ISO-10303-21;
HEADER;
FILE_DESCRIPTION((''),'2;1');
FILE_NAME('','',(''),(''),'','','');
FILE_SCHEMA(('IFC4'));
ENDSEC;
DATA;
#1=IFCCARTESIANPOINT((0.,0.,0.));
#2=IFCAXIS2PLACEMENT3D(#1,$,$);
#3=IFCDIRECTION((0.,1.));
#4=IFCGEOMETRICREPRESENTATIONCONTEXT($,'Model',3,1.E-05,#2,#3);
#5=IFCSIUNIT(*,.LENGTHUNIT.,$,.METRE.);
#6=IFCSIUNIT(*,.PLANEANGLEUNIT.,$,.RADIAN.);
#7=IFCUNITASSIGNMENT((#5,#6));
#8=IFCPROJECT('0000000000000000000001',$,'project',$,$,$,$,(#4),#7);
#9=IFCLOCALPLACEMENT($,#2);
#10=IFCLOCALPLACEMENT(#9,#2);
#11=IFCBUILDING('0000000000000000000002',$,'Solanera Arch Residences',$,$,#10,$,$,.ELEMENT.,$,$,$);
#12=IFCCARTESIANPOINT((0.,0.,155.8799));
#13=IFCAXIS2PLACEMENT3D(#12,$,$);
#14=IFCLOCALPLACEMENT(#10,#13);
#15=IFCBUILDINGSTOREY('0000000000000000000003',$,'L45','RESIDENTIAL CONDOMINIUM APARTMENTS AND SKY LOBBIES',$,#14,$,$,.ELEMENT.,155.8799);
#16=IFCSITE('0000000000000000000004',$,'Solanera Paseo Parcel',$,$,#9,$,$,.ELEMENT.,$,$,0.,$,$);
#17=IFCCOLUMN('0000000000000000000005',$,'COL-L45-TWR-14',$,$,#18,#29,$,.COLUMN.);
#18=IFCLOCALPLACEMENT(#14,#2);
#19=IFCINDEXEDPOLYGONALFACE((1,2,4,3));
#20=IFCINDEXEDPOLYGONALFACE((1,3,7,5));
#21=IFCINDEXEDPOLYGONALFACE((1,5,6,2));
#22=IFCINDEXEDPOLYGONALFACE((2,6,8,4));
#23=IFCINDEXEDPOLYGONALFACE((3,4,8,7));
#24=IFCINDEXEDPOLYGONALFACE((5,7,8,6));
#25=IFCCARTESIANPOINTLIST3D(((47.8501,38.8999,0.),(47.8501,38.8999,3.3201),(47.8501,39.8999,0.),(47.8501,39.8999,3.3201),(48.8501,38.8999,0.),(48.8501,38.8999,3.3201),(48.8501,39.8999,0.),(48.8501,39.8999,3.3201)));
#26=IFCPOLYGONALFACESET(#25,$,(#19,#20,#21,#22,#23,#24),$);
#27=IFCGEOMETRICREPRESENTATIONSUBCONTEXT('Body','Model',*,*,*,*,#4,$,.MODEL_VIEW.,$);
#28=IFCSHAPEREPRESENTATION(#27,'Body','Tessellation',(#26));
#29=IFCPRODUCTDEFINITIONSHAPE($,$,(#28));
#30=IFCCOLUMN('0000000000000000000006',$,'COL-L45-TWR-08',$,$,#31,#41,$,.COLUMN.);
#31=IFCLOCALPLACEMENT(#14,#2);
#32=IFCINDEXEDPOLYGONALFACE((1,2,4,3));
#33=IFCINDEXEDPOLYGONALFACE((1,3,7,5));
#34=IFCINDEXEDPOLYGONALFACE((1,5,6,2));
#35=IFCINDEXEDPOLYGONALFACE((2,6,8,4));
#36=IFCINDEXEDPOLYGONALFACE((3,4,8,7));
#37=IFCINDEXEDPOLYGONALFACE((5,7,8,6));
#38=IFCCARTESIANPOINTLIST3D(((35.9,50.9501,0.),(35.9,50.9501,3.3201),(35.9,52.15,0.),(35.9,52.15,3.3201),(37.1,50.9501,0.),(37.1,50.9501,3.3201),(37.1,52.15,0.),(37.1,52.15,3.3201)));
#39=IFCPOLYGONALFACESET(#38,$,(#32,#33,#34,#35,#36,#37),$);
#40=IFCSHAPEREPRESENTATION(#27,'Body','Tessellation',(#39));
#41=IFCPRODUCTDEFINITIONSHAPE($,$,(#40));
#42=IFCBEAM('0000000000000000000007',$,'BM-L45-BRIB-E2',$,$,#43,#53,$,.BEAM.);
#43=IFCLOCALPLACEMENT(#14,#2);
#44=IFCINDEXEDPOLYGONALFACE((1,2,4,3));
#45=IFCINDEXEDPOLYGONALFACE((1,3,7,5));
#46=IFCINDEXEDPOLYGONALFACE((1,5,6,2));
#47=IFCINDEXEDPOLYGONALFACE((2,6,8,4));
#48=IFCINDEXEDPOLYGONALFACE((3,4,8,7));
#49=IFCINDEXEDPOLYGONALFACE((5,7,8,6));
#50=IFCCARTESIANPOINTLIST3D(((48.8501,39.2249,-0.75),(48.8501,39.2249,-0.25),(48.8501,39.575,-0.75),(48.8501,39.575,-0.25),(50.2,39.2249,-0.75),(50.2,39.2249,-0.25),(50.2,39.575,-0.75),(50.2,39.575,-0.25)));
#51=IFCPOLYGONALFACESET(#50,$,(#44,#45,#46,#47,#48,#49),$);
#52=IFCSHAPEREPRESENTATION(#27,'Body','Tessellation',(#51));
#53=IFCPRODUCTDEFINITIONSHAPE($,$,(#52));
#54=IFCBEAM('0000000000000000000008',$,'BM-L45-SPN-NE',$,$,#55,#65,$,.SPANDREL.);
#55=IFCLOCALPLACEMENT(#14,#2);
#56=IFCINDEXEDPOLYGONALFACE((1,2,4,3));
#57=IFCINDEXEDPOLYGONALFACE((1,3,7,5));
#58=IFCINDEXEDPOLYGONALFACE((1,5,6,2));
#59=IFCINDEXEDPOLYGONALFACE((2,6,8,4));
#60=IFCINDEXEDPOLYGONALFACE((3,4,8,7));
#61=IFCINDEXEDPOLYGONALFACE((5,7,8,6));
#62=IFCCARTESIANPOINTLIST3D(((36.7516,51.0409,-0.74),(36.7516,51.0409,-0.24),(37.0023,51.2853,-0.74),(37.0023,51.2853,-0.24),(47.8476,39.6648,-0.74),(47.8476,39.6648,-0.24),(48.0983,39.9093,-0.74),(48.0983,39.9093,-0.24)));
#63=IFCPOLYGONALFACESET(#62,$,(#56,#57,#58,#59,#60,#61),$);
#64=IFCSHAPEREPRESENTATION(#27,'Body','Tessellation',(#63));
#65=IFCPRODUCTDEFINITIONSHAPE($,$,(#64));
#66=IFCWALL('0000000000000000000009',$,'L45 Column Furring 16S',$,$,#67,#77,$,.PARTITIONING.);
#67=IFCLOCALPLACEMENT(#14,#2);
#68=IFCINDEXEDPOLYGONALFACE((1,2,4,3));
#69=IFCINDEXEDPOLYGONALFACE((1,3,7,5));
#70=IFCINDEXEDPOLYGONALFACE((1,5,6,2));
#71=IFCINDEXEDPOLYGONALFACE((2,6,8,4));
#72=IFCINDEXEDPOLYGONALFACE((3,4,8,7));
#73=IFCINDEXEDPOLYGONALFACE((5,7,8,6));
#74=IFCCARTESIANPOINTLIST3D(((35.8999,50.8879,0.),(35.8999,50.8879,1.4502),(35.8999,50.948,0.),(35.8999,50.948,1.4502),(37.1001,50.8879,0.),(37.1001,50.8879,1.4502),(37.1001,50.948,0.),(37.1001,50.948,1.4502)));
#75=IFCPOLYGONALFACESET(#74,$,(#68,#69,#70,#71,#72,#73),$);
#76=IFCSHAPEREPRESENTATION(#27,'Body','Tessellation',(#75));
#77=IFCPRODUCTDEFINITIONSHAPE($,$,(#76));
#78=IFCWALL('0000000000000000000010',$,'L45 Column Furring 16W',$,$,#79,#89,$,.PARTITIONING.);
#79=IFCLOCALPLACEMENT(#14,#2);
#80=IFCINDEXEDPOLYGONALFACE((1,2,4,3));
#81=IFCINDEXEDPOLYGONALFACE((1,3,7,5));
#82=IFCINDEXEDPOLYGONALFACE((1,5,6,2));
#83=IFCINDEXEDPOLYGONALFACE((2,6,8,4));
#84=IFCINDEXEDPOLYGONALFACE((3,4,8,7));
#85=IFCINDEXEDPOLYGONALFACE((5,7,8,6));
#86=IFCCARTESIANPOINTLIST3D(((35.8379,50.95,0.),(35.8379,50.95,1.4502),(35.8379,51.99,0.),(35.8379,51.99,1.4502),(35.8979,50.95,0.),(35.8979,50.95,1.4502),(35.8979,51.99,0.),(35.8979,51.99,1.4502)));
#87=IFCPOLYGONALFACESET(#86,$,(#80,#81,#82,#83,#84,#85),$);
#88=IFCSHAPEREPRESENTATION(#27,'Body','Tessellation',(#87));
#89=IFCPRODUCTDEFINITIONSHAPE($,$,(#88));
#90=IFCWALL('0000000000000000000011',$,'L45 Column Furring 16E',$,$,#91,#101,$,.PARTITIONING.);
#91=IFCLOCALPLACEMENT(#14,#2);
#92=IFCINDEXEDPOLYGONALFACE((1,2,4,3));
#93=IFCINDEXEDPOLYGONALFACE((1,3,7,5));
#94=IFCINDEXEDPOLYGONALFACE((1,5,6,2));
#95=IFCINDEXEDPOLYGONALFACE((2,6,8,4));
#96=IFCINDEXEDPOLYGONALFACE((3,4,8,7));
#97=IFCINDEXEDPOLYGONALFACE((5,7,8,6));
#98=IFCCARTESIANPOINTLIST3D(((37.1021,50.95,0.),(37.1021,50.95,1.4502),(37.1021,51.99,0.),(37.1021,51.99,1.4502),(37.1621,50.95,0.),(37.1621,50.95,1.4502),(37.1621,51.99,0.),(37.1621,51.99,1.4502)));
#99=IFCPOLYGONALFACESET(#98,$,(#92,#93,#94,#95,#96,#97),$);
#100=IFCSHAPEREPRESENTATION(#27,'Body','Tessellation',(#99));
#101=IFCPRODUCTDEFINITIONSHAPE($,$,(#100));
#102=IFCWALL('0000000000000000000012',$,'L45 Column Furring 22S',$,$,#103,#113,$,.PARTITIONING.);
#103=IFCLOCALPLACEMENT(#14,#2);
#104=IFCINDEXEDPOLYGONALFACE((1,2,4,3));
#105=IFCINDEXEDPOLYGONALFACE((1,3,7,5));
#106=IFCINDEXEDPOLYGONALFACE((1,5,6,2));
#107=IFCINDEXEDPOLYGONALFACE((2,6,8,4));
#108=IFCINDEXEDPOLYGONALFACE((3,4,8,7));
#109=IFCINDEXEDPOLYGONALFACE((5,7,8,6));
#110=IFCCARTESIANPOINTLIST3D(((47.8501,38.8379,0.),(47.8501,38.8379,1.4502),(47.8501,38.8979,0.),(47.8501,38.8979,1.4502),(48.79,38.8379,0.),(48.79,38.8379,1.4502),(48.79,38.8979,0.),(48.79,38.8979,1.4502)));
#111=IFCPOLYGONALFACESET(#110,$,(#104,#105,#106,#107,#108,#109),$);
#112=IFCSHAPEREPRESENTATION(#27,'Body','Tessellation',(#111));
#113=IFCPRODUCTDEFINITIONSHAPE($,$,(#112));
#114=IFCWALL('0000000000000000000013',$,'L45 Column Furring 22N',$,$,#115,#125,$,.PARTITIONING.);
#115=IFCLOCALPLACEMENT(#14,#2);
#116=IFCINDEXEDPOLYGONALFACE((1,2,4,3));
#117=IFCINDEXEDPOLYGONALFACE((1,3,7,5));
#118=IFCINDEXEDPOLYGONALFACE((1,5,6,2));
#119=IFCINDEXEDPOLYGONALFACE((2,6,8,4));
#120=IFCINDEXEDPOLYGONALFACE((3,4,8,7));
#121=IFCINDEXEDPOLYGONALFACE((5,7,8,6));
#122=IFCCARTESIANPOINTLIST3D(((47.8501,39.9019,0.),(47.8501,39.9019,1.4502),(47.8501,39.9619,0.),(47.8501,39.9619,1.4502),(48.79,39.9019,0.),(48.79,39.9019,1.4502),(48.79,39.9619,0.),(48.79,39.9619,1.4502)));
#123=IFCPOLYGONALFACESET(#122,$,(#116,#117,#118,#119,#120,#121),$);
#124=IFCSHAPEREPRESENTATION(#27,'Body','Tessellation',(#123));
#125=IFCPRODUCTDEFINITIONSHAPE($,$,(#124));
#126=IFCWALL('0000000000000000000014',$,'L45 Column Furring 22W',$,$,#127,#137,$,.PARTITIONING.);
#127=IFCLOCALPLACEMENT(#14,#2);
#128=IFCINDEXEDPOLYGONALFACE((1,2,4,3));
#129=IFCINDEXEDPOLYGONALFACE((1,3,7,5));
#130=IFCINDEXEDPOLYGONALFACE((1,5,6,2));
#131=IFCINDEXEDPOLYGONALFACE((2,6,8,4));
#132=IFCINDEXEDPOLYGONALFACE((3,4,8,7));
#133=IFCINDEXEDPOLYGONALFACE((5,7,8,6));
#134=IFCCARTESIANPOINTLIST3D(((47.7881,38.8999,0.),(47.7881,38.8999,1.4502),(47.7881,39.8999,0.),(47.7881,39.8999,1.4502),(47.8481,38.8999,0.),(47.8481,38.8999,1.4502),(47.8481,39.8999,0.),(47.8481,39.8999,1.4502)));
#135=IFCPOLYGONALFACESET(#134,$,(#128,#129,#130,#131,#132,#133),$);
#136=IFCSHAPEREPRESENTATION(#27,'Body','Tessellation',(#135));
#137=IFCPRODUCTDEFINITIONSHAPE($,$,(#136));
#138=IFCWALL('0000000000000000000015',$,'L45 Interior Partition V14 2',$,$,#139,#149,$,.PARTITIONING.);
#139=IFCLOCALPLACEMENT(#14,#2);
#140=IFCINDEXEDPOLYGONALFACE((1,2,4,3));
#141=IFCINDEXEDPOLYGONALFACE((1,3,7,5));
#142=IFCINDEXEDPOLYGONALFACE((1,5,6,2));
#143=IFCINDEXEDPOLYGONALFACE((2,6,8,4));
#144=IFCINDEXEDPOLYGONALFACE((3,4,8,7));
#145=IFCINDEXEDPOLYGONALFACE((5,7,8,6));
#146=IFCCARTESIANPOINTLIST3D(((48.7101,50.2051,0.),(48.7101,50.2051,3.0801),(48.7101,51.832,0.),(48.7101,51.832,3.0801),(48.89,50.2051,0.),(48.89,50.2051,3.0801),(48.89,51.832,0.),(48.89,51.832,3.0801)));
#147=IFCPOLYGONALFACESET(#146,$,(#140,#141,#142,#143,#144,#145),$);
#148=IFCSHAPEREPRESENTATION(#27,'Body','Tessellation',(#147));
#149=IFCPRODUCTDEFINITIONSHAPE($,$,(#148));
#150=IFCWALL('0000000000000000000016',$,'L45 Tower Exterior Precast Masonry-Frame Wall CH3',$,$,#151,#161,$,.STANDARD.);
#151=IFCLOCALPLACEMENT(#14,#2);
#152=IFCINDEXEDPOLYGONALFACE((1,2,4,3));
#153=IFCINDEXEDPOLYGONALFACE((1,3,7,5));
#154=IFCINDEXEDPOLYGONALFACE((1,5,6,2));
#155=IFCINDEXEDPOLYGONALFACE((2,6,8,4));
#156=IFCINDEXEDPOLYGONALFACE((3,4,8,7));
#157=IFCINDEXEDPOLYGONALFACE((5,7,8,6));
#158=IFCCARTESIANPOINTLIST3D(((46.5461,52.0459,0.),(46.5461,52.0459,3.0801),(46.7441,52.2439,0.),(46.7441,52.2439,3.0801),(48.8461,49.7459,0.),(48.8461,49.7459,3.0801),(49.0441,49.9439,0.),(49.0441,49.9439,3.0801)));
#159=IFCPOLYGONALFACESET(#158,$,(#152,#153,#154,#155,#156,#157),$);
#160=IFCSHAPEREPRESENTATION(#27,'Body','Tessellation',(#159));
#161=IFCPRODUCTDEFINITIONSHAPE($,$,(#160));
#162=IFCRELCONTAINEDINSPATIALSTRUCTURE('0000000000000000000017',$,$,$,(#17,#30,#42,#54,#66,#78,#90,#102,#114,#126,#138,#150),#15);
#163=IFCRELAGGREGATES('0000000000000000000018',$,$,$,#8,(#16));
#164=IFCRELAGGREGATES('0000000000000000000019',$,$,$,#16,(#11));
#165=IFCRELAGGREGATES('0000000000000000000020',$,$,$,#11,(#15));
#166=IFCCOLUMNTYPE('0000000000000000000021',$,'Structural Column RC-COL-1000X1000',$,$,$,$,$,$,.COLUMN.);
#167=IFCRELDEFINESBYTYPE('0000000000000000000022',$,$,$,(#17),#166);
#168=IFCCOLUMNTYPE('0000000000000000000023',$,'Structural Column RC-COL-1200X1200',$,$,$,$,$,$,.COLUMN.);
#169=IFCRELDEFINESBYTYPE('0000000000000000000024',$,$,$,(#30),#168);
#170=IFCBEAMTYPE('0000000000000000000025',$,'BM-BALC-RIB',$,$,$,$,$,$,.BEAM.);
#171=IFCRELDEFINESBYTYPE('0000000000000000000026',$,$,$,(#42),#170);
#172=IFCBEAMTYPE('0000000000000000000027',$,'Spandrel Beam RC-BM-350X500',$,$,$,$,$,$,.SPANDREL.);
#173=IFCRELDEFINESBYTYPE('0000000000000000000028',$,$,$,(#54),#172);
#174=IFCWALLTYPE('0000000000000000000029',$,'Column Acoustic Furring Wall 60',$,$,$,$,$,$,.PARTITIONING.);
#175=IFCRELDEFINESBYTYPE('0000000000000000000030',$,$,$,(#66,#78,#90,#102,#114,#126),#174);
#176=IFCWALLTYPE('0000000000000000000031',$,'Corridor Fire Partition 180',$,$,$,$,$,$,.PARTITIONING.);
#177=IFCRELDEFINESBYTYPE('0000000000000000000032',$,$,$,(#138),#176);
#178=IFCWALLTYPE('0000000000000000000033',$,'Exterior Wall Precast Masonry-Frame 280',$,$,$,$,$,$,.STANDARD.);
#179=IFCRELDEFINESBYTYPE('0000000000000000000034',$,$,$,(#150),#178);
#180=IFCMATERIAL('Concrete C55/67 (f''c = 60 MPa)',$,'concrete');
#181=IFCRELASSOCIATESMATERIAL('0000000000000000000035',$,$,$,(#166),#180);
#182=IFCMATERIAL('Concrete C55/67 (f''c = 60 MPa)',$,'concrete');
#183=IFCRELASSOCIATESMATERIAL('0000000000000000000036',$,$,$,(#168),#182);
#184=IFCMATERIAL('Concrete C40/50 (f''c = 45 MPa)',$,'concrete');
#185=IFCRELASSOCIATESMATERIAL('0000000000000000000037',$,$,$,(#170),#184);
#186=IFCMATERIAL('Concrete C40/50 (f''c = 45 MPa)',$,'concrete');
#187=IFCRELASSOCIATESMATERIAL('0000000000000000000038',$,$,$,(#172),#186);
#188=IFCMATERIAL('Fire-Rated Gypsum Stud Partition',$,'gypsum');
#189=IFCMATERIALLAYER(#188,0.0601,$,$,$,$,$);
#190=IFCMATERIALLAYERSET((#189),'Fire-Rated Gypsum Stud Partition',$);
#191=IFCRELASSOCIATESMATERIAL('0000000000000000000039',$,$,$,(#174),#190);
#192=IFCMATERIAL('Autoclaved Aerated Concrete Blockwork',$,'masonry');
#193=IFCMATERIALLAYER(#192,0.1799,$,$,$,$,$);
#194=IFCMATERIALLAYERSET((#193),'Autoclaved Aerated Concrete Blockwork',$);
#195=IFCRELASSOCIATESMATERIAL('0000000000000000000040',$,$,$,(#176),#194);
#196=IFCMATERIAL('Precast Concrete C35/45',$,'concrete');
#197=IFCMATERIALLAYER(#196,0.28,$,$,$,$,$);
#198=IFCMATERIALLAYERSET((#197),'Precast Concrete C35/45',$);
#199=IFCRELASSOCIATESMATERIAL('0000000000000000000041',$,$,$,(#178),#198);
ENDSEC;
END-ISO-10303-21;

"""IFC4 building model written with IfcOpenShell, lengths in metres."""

from ifc_helpers import new_model, si_unit, direction, frame, frame_2d, origin, origin_2d, place, context, subcontext, project, spatial, rectangle, extrude, material, layer, layer_set, material_profile, profile_set, type_object, element, save


model = new_model("IFC4")

# Units and contexts
model_context = context("Model", 3, precision=1e-05, world=origin(), true_north=direction((0.0, 1.0)))
body_context = subcontext(model_context, "Body", "Model", "MODEL_VIEW")
ifc_project = project(units=[si_unit("LENGTHUNIT", "METRE"), si_unit("PLANEANGLEUNIT", "RADIAN")], contexts=[model_context])

# Site, building, storey
site_placement = place(None, origin())
site = spatial("IfcSite", under=ifc_project, at=site_placement, Name="Solanera Paseo Parcel", CompositionType="ELEMENT", RefElevation=0.0)
building_placement = place(site_placement, origin())
building = spatial("IfcBuilding", under=site, at=building_placement, Name="Solanera Arch Residences", CompositionType="ELEMENT")
storey_placement = place(building_placement, frame((0.0, 0.0, 155.8799)))
storey = spatial("IfcBuildingStorey", under=building, at=storey_placement, Name="L45", Description="RESIDENTIAL CONDOMINIUM APARTMENTS AND SKY LOBBIES", CompositionType="ELEMENT", Elevation=155.8799)

# Columns
ifc_material_1 = material(Name="Concrete C55/67 (f'c = 60 MPa)", Category="concrete")
ifc_material_profile_1 = material_profile(ifc_material_1, rectangle(XDim=1.0, YDim=1.0, at=origin_2d()))
ifc_profile_set_1 = profile_set([ifc_material_profile_1], Name="Concrete C55/67 (f'c = 60 MPa)")
column_type_1 = type_object("IfcColumnType", Name="Structural Column RC-COL-1000X1000", PredefinedType="COLUMN", material=ifc_profile_set_1)
column_1_placement = place(storey_placement, frame((48.3501, 39.3999, 0.0), z_axis=(0.0, 0.0, 1.0), x_axis=(1.0, 0.0, 0.0)))
element("IfcColumn", 1, at=column_1_placement, inside=storey, type_object=column_type_1, Name="COL-L45-TWR-14", PredefinedType="COLUMN", context=body_context, shape_type="SweptSolid", body=[
    extrude(rectangle(XDim=1.0, YDim=1.0, at=origin_2d()), origin(), (0.0, 0.0, 1.0), 3.3201),
])
ifc_material_2 = material(Name="Concrete C55/67 (f'c = 60 MPa)", Category="concrete")
ifc_material_profile_2 = material_profile(ifc_material_2, rectangle(XDim=1.2, YDim=1.2, at=origin_2d()))
ifc_profile_set_2 = profile_set([ifc_material_profile_2], Name="Concrete C55/67 (f'c = 60 MPa)")
column_type_2 = type_object("IfcColumnType", Name="Structural Column RC-COL-1200X1200", PredefinedType="COLUMN", material=ifc_profile_set_2)
column_2_placement = place(storey_placement, frame((36.5, 51.55, 0.0), z_axis=(0.0, 0.0, 1.0), x_axis=(1.0, 0.0, 0.0)))
element("IfcColumn", 2, at=column_2_placement, inside=storey, type_object=column_type_2, Name="COL-L45-TWR-08", PredefinedType="COLUMN", context=body_context, shape_type="SweptSolid", body=[
    extrude(rectangle(XDim=1.2, YDim=1.2, at=origin_2d()), origin(), (0.0, 0.0, 1.0), 3.3201),
])

# Beams
ifc_material_3 = material(Name="Concrete C40/50 (f'c = 45 MPa)", Category="concrete")
ifc_material_profile_3 = material_profile(ifc_material_3, rectangle(XDim=0.3501, YDim=0.5, at=origin_2d()))
ifc_profile_set_3 = profile_set([ifc_material_profile_3], Name="Concrete C40/50 (f'c = 45 MPa)")
beam_type_1 = type_object("IfcBeamType", Name="BM-BALC-RIB", PredefinedType="BEAM", material=ifc_profile_set_3)
beam_1_placement = place(storey_placement, frame((48.8501, 39.3999, -0.5), z_axis=(1.0, 0.0, 0.0), x_axis=(0.0, 1.0, 0.0)))
element("IfcBeam", 3, at=beam_1_placement, inside=storey, type_object=beam_type_1, Name="BM-L45-BRIB-E2", PredefinedType="BEAM", context=body_context, shape_type="SweptSolid", body=[
    extrude(rectangle(XDim=0.3501, YDim=0.5, at=origin_2d()), origin(), (0.0, 0.0, 1.0), 1.3499),
])
ifc_material_4 = material(Name="Concrete C40/50 (f'c = 45 MPa)", Category="concrete")
ifc_material_profile_4 = material_profile(ifc_material_4, rectangle(XDim=0.3501, YDim=0.5, at=origin_2d()))
ifc_profile_set_4 = profile_set([ifc_material_profile_4], Name="Concrete C40/50 (f'c = 45 MPa)")
beam_type_2 = type_object("IfcBeamType", Name="Spandrel Beam RC-BM-350X500", PredefinedType="SPANDREL", material=ifc_profile_set_4)
beam_2_placement = place(storey_placement, frame((36.877, 51.1631, -0.49), z_axis=(0.698241, -0.715863, 0.0), x_axis=(0.715863, 0.698241, 0.0)))
element("IfcBeam", 4, at=beam_2_placement, inside=storey, type_object=beam_type_2, Name="BM-L45-SPN-NE", PredefinedType="SPANDREL", context=body_context, shape_type="SweptSolid", body=[
    extrude(rectangle(XDim=0.3501, YDim=0.5, at=origin_2d()), origin(), (0.0, 0.0, 1.0), 15.8914),
])

# Walls
ifc_material_5 = material(Name="Fire-Rated Gypsum Stud Partition", Category="gypsum")
ifc_layer_1 = layer(ifc_material_5, 0.0601)
ifc_layer_set_1 = layer_set([ifc_layer_1], Name="Fire-Rated Gypsum Stud Partition")
wall_type_1 = type_object("IfcWallType", Name="Column Acoustic Furring Wall 60", PredefinedType="PARTITIONING", material=ifc_layer_set_1)
wall_1_placement = place(storey_placement, frame((35.8999, 50.918, 0.0), z_axis=(0.0, 0.0, 1.0), x_axis=(1.0, 0.0, 0.0)))
element("IfcWall", 5, at=wall_1_placement, inside=storey, type_object=wall_type_1, Name="L45 Column Furring 16S", PredefinedType="PARTITIONING", context=body_context, shape_type="SweptSolid", body=[
    extrude(rectangle(XDim=1.2002, YDim=0.0601, at=frame_2d((0.6001, 0.0))), origin(), (0.0, 0.0, 1.0), 1.4502),
])
for number, where, z_axis, x_axis, name in (
    (6, (35.8679, 50.95, 0.0), (0.0, 0.0, 1.0), (0.0, 1.0, 0.0), "L45 Column Furring 16W"),
    (7, (37.1321, 50.95, 0.0), (0.0, 0.0, 1.0), (0.0, 1.0, 0.0), "L45 Column Furring 16E"),
):
    element("IfcWall", number, at=place(storey_placement, frame(where, z_axis=z_axis, x_axis=x_axis)), inside=storey, type_object=wall_type_1, Name=name, PredefinedType="PARTITIONING", context=body_context, shape_type="SweptSolid", body=[
        extrude(rectangle(XDim=1.04, YDim=0.0601, at=frame_2d((0.52, 0.0))), origin(), (0.0, 0.0, 1.0), 1.4502),
    ])
for number, where, z_axis, x_axis, name in (
    (8, (47.8501, 38.8679, 0.0), (0.0, 0.0, 1.0), (1.0, 0.0, 0.0), "L45 Column Furring 22S"),
    (9, (47.8501, 39.9319, 0.0), (0.0, 0.0, 1.0), (1.0, 0.0, 0.0), "L45 Column Furring 22N"),
):
    element("IfcWall", number, at=place(storey_placement, frame(where, z_axis=z_axis, x_axis=x_axis)), inside=storey, type_object=wall_type_1, Name=name, PredefinedType="PARTITIONING", context=body_context, shape_type="SweptSolid", body=[
        extrude(rectangle(XDim=0.9399, YDim=0.0601, at=frame_2d((0.47, 0.0))), origin(), (0.0, 0.0, 1.0), 1.4502),
    ])
wall_2_placement = place(storey_placement, frame((47.8181, 38.8999, 0.0), z_axis=(0.0, 0.0, 1.0), x_axis=(0.0, 1.0, 0.0)))
element("IfcWall", 10, at=wall_2_placement, inside=storey, type_object=wall_type_1, Name="L45 Column Furring 22W", PredefinedType="PARTITIONING", context=body_context, shape_type="SweptSolid", body=[
    extrude(rectangle(XDim=1.0, YDim=0.0601, at=frame_2d((0.5, 0.0))), origin(), (0.0, 0.0, 1.0), 1.4502),
])
ifc_material_6 = material(Name="Autoclaved Aerated Concrete Blockwork", Category="masonry")
ifc_layer_2 = layer(ifc_material_6, 0.1799)
ifc_layer_set_2 = layer_set([ifc_layer_2], Name="Autoclaved Aerated Concrete Blockwork")
wall_type_2 = type_object("IfcWallType", Name="Corridor Fire Partition 180", PredefinedType="PARTITIONING", material=ifc_layer_set_2)
wall_3_placement = place(storey_placement, frame((48.8, 50.2051, 0.0), z_axis=(0.0, 0.0, 1.0), x_axis=(0.0, 1.0, 0.0)))
element("IfcWall", 11, at=wall_3_placement, inside=storey, type_object=wall_type_2, Name="L45 Interior Partition V14 2", PredefinedType="PARTITIONING", context=body_context, shape_type="SweptSolid", body=[
    extrude(rectangle(XDim=1.627, YDim=0.1799, at=frame_2d((0.8135, 0.0))), origin(), (0.0, 0.0, 1.0), 3.0801),
])
ifc_material_7 = material(Name="Precast Concrete C35/45", Category="concrete")
ifc_layer_3 = layer(ifc_material_7, 0.28)
ifc_layer_set_3 = layer_set([ifc_layer_3], Name="Precast Concrete C35/45")
wall_type_3 = type_object("IfcWallType", Name="Exterior Wall Precast Masonry-Frame 280", PredefinedType="STANDARD", material=ifc_layer_set_3)
wall_4_placement = place(storey_placement, frame((46.645, 52.145, 0.0), z_axis=(0.0, 0.0, 1.0), x_axis=(0.707107, -0.707107, 0.0)))
element("IfcWall", 12, at=wall_4_placement, inside=storey, type_object=wall_type_3, Name="L45 Tower Exterior Precast Masonry-Frame Wall CH3", PredefinedType="STANDARD", context=body_context, shape_type="SweptSolid", body=[
    extrude(rectangle(XDim=3.2527, YDim=0.28, at=frame_2d((1.6265, 0.0))), origin(), (0.0, 0.0, 1.0), 3.0801),
])

save(model, "model.ifc")
